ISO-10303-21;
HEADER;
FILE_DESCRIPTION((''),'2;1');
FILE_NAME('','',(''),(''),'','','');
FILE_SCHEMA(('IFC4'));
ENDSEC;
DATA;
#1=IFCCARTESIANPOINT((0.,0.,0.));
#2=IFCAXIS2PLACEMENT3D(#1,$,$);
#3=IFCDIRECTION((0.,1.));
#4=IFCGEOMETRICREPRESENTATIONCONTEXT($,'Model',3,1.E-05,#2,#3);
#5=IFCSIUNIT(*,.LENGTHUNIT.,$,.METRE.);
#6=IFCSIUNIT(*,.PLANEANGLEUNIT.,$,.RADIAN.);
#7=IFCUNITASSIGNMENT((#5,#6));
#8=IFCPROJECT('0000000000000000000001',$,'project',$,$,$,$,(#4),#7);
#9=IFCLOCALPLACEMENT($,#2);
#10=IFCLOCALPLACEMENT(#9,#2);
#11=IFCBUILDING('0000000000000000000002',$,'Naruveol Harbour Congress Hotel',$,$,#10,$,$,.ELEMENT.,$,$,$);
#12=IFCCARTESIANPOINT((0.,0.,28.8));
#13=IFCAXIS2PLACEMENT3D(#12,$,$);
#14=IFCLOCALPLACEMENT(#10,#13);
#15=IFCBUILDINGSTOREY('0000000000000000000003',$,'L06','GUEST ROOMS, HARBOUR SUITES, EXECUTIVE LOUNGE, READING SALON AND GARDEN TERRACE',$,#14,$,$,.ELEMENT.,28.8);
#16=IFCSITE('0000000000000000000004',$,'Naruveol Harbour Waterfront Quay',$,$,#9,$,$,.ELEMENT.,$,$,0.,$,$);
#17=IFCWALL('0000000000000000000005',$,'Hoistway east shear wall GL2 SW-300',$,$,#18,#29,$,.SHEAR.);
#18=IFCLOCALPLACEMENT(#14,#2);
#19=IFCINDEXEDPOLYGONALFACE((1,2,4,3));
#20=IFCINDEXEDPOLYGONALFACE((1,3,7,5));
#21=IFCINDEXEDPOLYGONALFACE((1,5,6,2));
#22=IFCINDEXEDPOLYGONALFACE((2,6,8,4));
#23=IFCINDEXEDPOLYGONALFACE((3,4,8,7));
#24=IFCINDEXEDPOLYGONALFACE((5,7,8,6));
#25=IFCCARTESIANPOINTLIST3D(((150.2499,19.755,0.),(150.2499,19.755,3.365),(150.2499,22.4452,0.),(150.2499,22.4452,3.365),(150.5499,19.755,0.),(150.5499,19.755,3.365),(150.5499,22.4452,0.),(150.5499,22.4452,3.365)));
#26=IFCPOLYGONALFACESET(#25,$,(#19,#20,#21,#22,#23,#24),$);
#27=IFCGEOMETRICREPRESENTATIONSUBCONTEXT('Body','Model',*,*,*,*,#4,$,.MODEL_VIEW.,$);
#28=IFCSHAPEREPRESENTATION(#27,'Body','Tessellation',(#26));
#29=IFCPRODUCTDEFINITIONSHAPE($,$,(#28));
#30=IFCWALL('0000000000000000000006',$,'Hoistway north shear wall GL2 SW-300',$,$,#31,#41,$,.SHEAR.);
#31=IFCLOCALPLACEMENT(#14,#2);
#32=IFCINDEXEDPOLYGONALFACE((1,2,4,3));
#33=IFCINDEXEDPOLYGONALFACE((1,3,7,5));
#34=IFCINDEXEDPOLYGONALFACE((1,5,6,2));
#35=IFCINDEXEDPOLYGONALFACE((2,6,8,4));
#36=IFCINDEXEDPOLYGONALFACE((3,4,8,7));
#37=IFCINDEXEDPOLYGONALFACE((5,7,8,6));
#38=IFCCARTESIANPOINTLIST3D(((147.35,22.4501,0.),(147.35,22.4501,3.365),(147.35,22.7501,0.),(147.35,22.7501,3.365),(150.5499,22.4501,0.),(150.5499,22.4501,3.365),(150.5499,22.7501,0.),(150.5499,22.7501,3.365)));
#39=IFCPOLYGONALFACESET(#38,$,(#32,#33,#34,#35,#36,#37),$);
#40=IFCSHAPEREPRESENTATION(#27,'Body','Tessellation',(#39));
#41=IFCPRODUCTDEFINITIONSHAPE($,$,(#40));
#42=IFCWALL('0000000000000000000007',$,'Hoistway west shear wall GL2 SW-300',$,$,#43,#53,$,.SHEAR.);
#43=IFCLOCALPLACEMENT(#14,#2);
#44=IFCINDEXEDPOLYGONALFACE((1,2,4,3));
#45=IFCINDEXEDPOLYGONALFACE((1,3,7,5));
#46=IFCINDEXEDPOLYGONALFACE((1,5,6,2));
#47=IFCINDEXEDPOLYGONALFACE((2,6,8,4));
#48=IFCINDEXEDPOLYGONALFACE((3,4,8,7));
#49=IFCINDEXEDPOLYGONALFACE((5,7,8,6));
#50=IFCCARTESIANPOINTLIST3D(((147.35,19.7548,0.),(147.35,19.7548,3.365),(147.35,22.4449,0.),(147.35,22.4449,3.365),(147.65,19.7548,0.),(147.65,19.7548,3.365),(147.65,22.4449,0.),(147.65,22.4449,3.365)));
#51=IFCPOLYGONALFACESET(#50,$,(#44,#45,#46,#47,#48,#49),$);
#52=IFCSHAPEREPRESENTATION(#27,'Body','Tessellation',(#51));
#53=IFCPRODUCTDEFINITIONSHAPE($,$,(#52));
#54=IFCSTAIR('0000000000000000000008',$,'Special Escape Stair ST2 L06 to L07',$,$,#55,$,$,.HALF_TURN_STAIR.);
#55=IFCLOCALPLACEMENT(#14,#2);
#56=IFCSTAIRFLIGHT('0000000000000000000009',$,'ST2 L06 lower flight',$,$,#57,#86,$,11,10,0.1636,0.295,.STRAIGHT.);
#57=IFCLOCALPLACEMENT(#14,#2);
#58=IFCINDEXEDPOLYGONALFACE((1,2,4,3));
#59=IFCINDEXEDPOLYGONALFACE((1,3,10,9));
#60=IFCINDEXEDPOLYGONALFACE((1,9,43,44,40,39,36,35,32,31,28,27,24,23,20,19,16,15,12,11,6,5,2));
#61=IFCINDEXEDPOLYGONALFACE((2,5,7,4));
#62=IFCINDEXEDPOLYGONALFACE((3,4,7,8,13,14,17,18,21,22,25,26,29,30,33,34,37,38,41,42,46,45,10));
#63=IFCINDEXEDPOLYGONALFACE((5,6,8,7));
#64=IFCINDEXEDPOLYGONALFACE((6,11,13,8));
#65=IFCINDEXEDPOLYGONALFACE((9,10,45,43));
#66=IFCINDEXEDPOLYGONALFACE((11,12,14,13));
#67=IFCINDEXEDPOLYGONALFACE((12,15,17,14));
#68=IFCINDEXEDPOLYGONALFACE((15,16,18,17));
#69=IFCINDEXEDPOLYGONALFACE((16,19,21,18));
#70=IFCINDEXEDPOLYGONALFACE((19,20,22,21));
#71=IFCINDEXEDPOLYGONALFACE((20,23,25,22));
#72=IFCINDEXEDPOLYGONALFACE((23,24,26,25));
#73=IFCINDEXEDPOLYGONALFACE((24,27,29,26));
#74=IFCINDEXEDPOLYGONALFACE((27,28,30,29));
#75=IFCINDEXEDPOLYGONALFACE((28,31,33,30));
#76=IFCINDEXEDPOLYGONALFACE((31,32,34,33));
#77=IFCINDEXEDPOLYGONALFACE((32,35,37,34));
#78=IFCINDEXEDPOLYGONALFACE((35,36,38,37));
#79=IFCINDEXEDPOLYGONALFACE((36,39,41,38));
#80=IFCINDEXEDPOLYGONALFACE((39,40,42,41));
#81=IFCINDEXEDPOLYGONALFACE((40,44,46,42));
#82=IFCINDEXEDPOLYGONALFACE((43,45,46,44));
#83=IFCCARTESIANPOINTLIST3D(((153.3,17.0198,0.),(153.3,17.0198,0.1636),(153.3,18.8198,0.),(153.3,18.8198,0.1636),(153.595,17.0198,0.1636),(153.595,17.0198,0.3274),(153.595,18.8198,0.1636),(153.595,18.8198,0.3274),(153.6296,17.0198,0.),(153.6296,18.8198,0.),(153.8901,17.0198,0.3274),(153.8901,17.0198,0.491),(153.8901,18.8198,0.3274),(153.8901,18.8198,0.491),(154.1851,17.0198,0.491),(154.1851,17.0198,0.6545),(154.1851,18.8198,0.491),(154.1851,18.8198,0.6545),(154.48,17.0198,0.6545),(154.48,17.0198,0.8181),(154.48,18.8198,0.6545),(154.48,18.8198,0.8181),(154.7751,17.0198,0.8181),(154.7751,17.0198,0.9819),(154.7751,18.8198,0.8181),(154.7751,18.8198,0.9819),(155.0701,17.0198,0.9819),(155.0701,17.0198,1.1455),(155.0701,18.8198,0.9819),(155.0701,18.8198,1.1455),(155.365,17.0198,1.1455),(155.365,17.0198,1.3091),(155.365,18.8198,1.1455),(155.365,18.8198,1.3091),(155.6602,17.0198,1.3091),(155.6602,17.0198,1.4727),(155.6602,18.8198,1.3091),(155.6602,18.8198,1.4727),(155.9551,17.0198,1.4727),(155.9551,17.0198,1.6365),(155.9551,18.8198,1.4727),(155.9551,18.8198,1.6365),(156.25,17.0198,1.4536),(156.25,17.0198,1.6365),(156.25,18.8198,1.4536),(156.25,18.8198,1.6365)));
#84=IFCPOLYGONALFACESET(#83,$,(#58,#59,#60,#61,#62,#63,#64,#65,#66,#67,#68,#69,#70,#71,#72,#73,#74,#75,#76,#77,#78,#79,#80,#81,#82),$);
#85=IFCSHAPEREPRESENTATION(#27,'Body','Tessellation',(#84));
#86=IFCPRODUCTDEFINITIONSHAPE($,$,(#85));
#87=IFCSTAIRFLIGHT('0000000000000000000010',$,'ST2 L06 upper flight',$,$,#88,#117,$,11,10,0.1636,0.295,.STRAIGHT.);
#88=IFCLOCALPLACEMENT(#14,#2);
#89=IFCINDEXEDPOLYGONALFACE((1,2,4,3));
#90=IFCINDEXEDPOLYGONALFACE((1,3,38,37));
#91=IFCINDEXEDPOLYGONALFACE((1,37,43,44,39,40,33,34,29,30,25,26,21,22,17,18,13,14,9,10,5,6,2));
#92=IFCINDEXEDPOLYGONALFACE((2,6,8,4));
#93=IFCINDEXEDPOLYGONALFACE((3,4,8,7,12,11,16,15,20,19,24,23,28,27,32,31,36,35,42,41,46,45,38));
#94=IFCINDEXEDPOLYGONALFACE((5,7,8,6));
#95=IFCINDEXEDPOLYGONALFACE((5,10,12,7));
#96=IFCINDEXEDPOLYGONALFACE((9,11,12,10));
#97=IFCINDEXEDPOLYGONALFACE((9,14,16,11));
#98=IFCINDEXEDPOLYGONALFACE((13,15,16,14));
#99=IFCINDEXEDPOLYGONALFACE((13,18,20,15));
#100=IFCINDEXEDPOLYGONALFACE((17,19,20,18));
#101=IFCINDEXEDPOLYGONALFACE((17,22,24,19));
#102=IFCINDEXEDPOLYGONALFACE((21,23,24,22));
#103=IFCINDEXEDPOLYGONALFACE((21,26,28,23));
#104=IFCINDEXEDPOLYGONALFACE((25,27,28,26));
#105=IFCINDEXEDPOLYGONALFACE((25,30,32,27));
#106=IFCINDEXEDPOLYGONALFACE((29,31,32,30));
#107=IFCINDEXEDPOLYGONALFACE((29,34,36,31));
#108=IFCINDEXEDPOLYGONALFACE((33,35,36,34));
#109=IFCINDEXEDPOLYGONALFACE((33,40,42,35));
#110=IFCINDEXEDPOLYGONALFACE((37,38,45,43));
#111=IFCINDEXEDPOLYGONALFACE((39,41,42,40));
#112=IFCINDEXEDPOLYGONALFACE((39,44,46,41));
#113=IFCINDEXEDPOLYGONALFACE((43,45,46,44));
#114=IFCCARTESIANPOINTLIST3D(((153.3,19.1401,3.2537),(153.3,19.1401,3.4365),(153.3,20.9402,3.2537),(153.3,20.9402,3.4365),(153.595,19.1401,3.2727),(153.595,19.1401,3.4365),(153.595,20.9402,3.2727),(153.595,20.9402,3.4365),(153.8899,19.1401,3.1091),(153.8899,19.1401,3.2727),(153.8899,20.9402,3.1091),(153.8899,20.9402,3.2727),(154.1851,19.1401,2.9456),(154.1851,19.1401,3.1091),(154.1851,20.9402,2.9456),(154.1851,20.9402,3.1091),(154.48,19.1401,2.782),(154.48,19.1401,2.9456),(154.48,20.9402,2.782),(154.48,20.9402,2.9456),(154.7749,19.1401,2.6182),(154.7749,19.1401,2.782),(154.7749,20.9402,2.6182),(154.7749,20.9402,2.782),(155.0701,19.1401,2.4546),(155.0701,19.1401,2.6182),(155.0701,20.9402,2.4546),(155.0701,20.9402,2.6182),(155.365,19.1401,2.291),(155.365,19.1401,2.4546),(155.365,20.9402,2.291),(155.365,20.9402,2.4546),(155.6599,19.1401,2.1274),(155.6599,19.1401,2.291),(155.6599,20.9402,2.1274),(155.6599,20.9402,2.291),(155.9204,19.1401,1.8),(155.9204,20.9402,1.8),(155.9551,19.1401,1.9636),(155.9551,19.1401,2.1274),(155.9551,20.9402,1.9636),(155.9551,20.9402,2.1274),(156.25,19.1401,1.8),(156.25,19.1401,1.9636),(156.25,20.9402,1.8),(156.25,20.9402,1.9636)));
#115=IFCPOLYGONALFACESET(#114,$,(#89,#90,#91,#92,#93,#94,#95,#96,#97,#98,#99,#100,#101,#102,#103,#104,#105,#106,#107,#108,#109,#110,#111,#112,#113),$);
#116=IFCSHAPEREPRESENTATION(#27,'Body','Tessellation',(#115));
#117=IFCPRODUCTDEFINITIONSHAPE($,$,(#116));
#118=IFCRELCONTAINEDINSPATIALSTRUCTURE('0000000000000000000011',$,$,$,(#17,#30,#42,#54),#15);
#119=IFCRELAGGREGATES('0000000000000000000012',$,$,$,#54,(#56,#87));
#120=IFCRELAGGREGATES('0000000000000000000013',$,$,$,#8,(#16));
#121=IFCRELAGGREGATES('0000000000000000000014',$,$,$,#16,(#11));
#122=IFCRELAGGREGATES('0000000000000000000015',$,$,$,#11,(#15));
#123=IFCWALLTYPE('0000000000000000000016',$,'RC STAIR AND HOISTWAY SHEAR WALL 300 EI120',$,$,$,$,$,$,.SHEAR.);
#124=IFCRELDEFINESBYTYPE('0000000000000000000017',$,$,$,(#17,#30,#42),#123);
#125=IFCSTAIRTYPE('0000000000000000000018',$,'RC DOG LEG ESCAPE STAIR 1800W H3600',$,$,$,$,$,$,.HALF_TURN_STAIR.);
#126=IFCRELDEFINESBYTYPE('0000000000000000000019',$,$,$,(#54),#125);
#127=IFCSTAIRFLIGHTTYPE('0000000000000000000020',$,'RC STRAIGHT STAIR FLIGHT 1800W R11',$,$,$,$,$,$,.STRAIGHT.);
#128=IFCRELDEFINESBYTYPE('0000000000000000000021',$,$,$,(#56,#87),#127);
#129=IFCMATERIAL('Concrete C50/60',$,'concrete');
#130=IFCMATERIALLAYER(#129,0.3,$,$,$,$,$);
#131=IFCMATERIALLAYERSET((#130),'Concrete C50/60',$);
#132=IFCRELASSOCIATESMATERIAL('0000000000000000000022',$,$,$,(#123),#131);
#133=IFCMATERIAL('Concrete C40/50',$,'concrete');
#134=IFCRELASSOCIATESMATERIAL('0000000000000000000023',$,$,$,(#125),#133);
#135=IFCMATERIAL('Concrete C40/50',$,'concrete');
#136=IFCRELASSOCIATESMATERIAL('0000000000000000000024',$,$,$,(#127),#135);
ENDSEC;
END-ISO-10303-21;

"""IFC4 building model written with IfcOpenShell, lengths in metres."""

from ifc_helpers import new_model, si_unit, direction, frame, frame_2d, origin, place, context, subcontext, project, spatial, polyline, rectangle, outline, extrude, material, layer, layer_set, type_object, element, aggregate, save


model = new_model("IFC4")

# Units and contexts
model_context = context("Model", 3, precision=1e-05, world=origin(), true_north=direction((0.0, 1.0)))
body_context = subcontext(model_context, "Body", "Model", "MODEL_VIEW")
ifc_project = project(units=[si_unit("LENGTHUNIT", "METRE"), si_unit("PLANEANGLEUNIT", "RADIAN")], contexts=[model_context])

# Site, building, storey
site_placement = place(None, origin())
site = spatial("IfcSite", under=ifc_project, at=site_placement, Name="Naruveol Harbour Waterfront Quay", CompositionType="ELEMENT", RefElevation=0.0)
building_placement = place(site_placement, origin())
building = spatial("IfcBuilding", under=site, at=building_placement, Name="Naruveol Harbour Congress Hotel", CompositionType="ELEMENT")
storey_placement = place(building_placement, frame((0.0, 0.0, 28.8)))
storey = spatial("IfcBuildingStorey", under=building, at=storey_placement, Name="L06", Description="GUEST ROOMS, HARBOUR SUITES, EXECUTIVE LOUNGE, READING SALON AND GARDEN TERRACE", CompositionType="ELEMENT", Elevation=28.8)

# Shared definitions
ifc_material_1 = material(Name="Concrete C50/60", Category="concrete")
ifc_layer_1 = layer(ifc_material_1, 0.3)
ifc_layer_set_1 = layer_set([ifc_layer_1], Name="Concrete C50/60")
wall_type_1 = type_object("IfcWallType", Name="RC STAIR AND HOISTWAY SHEAR WALL 300 EI120", PredefinedType="SHEAR", material=ifc_layer_set_1)

# Walls
wall_1_placement = place(storey_placement, frame((150.3999, 19.7549, 0.0), z_axis=(0.0, 0.0, 1.0), x_axis=(0.0, 1.0, 0.0)))
element("IfcWall", 1, at=wall_1_placement, inside=storey, type_object=wall_type_1, Name="Hoistway east shear wall GL2 SW-300", PredefinedType="SHEAR", context=body_context, shape_type="SweptSolid", body=[
    extrude(rectangle(XDim=2.6902, YDim=0.3, at=frame_2d((1.3452, 0.0))), origin(), (0.0, 0.0, 1.0), 3.365),
])
wall_2_placement = place(storey_placement, frame((150.55, 22.6001, 0.0), z_axis=(0.0, 0.0, 1.0), x_axis=(-1.0, 0.0, 0.0)))
element("IfcWall", 2, at=wall_2_placement, inside=storey, type_object=wall_type_1, Name="Hoistway north shear wall GL2 SW-300", PredefinedType="SHEAR", context=body_context, shape_type="SweptSolid", body=[
    extrude(rectangle(XDim=3.2, YDim=0.3, at=frame_2d((1.6001, 0.0))), origin(), (0.0, 0.0, 1.0), 3.365),
])
wall_3_placement = place(storey_placement, frame((147.5, 22.4451, 0.0), z_axis=(0.0, 0.0, 1.0), x_axis=(0.0, -1.0, 0.0)))
element("IfcWall", 3, at=wall_3_placement, inside=storey, type_object=wall_type_1, Name="Hoistway west shear wall GL2 SW-300", PredefinedType="SHEAR", context=body_context, shape_type="SweptSolid", body=[
    extrude(rectangle(XDim=2.6902, YDim=0.3, at=frame_2d((1.3452, 0.0))), origin(), (0.0, 0.0, 1.0), 3.365),
])

# Stair, stair flights
ifc_material_2 = material(Name="Concrete C40/50", Category="concrete")
stair_type = type_object("IfcStairType", Name="RC DOG LEG ESCAPE STAIR 1800W H3600", PredefinedType="HALF_TURN_STAIR", material=ifc_material_2)
stair_placement = place(storey_placement, origin())
stair = element("IfcStair", 4, at=stair_placement, inside=storey, type_object=stair_type, Name="Special Escape Stair ST2 L06 to L07", PredefinedType="HALF_TURN_STAIR")
ifc_material_3 = material(Name="Concrete C40/50", Category="concrete")
stair_flight_type = type_object("IfcStairFlightType", Name="RC STRAIGHT STAIR FLIGHT 1800W R11", PredefinedType="STRAIGHT", material=ifc_material_3)
stair_flight_1_placement = place(storey_placement, frame((153.3, 17.9199, 0.0), z_axis=(0.0, 0.0, 1.0), x_axis=(1.0, 0.0, 0.0)))
stair_flight_1 = element("IfcStairFlight", 5, at=stair_flight_1_placement, type_object=stair_flight_type, Name="ST2 L06 lower flight", NumberOfRisers=11, NumberOfTreads=10, PredefinedType="STRAIGHT", RiserHeight=0.1636, TreadLength=0.295, context=body_context, shape_type="SweptSolid", body=[
    extrude(outline(polyline([(0.0, 0.0), (0.0, 0.1636), (0.2949, 0.1636), (0.2949, 0.3274), (0.5901, 0.3274), (0.5901, 0.491), (0.885, 0.491), (0.885, 0.6545), (1.1799, 0.6545), (1.1799, 0.8181), (1.4751, 0.8181), (1.4751, 0.9819), (1.77, 0.9819), (1.77, 1.1455), (2.0649, 1.1455), (2.0649, 1.3091), (2.3601, 1.3091), (2.3601, 1.4727), (2.655, 1.4727), (2.655, 1.6365), (2.95, 1.6365), (2.95, 1.8), (2.95, 1.4536), (0.3296, 0.0), (0.0, 0.0)])), frame((0.0, 0.8999, 0.0), z_axis=(0.0, -1.0, 0.0), x_axis=(1.0, 0.0, 0.0)), (0.0, 0.0, 1.0), 1.8),
])
stair_flight_2_placement = place(storey_placement, frame((156.25, 20.04, 1.8), z_axis=(0.0, 0.0, 1.0), x_axis=(-1.0, 0.0, 0.0)))
stair_flight_2 = element("IfcStairFlight", 6, at=stair_flight_2_placement, type_object=stair_flight_type, Name="ST2 L06 upper flight", NumberOfRisers=11, NumberOfTreads=10, PredefinedType="STRAIGHT", RiserHeight=0.1636, TreadLength=0.295, context=body_context, shape_type="SweptSolid", body=[
    extrude(outline(polyline([(0.0, 0.0), (0.0, 0.1636), (0.2949, 0.1636), (0.2949, 0.3274), (0.5901, 0.3274), (0.5901, 0.491), (0.885, 0.491), (0.885, 0.6545), (1.1799, 0.6545), (1.1799, 0.8181), (1.4751, 0.8181), (1.4751, 0.9819), (1.77, 0.9819), (1.77, 1.1455), (2.0649, 1.1455), (2.0649, 1.3091), (2.3601, 1.3091), (2.3601, 1.4727), (2.655, 1.4727), (2.655, 1.6365), (2.95, 1.6365), (2.95, 1.8), (2.95, 1.4536), (0.3296, 0.0), (0.0, 0.0)])), frame((0.0, 0.8999, 0.0), z_axis=(0.0, -1.0, 0.0), x_axis=(1.0, 0.0, 0.0)), (0.0, 0.0, 1.0), 1.8),
])
aggregate(stair, [stair_flight_1, stair_flight_2])

save(model, "model.ifc")
